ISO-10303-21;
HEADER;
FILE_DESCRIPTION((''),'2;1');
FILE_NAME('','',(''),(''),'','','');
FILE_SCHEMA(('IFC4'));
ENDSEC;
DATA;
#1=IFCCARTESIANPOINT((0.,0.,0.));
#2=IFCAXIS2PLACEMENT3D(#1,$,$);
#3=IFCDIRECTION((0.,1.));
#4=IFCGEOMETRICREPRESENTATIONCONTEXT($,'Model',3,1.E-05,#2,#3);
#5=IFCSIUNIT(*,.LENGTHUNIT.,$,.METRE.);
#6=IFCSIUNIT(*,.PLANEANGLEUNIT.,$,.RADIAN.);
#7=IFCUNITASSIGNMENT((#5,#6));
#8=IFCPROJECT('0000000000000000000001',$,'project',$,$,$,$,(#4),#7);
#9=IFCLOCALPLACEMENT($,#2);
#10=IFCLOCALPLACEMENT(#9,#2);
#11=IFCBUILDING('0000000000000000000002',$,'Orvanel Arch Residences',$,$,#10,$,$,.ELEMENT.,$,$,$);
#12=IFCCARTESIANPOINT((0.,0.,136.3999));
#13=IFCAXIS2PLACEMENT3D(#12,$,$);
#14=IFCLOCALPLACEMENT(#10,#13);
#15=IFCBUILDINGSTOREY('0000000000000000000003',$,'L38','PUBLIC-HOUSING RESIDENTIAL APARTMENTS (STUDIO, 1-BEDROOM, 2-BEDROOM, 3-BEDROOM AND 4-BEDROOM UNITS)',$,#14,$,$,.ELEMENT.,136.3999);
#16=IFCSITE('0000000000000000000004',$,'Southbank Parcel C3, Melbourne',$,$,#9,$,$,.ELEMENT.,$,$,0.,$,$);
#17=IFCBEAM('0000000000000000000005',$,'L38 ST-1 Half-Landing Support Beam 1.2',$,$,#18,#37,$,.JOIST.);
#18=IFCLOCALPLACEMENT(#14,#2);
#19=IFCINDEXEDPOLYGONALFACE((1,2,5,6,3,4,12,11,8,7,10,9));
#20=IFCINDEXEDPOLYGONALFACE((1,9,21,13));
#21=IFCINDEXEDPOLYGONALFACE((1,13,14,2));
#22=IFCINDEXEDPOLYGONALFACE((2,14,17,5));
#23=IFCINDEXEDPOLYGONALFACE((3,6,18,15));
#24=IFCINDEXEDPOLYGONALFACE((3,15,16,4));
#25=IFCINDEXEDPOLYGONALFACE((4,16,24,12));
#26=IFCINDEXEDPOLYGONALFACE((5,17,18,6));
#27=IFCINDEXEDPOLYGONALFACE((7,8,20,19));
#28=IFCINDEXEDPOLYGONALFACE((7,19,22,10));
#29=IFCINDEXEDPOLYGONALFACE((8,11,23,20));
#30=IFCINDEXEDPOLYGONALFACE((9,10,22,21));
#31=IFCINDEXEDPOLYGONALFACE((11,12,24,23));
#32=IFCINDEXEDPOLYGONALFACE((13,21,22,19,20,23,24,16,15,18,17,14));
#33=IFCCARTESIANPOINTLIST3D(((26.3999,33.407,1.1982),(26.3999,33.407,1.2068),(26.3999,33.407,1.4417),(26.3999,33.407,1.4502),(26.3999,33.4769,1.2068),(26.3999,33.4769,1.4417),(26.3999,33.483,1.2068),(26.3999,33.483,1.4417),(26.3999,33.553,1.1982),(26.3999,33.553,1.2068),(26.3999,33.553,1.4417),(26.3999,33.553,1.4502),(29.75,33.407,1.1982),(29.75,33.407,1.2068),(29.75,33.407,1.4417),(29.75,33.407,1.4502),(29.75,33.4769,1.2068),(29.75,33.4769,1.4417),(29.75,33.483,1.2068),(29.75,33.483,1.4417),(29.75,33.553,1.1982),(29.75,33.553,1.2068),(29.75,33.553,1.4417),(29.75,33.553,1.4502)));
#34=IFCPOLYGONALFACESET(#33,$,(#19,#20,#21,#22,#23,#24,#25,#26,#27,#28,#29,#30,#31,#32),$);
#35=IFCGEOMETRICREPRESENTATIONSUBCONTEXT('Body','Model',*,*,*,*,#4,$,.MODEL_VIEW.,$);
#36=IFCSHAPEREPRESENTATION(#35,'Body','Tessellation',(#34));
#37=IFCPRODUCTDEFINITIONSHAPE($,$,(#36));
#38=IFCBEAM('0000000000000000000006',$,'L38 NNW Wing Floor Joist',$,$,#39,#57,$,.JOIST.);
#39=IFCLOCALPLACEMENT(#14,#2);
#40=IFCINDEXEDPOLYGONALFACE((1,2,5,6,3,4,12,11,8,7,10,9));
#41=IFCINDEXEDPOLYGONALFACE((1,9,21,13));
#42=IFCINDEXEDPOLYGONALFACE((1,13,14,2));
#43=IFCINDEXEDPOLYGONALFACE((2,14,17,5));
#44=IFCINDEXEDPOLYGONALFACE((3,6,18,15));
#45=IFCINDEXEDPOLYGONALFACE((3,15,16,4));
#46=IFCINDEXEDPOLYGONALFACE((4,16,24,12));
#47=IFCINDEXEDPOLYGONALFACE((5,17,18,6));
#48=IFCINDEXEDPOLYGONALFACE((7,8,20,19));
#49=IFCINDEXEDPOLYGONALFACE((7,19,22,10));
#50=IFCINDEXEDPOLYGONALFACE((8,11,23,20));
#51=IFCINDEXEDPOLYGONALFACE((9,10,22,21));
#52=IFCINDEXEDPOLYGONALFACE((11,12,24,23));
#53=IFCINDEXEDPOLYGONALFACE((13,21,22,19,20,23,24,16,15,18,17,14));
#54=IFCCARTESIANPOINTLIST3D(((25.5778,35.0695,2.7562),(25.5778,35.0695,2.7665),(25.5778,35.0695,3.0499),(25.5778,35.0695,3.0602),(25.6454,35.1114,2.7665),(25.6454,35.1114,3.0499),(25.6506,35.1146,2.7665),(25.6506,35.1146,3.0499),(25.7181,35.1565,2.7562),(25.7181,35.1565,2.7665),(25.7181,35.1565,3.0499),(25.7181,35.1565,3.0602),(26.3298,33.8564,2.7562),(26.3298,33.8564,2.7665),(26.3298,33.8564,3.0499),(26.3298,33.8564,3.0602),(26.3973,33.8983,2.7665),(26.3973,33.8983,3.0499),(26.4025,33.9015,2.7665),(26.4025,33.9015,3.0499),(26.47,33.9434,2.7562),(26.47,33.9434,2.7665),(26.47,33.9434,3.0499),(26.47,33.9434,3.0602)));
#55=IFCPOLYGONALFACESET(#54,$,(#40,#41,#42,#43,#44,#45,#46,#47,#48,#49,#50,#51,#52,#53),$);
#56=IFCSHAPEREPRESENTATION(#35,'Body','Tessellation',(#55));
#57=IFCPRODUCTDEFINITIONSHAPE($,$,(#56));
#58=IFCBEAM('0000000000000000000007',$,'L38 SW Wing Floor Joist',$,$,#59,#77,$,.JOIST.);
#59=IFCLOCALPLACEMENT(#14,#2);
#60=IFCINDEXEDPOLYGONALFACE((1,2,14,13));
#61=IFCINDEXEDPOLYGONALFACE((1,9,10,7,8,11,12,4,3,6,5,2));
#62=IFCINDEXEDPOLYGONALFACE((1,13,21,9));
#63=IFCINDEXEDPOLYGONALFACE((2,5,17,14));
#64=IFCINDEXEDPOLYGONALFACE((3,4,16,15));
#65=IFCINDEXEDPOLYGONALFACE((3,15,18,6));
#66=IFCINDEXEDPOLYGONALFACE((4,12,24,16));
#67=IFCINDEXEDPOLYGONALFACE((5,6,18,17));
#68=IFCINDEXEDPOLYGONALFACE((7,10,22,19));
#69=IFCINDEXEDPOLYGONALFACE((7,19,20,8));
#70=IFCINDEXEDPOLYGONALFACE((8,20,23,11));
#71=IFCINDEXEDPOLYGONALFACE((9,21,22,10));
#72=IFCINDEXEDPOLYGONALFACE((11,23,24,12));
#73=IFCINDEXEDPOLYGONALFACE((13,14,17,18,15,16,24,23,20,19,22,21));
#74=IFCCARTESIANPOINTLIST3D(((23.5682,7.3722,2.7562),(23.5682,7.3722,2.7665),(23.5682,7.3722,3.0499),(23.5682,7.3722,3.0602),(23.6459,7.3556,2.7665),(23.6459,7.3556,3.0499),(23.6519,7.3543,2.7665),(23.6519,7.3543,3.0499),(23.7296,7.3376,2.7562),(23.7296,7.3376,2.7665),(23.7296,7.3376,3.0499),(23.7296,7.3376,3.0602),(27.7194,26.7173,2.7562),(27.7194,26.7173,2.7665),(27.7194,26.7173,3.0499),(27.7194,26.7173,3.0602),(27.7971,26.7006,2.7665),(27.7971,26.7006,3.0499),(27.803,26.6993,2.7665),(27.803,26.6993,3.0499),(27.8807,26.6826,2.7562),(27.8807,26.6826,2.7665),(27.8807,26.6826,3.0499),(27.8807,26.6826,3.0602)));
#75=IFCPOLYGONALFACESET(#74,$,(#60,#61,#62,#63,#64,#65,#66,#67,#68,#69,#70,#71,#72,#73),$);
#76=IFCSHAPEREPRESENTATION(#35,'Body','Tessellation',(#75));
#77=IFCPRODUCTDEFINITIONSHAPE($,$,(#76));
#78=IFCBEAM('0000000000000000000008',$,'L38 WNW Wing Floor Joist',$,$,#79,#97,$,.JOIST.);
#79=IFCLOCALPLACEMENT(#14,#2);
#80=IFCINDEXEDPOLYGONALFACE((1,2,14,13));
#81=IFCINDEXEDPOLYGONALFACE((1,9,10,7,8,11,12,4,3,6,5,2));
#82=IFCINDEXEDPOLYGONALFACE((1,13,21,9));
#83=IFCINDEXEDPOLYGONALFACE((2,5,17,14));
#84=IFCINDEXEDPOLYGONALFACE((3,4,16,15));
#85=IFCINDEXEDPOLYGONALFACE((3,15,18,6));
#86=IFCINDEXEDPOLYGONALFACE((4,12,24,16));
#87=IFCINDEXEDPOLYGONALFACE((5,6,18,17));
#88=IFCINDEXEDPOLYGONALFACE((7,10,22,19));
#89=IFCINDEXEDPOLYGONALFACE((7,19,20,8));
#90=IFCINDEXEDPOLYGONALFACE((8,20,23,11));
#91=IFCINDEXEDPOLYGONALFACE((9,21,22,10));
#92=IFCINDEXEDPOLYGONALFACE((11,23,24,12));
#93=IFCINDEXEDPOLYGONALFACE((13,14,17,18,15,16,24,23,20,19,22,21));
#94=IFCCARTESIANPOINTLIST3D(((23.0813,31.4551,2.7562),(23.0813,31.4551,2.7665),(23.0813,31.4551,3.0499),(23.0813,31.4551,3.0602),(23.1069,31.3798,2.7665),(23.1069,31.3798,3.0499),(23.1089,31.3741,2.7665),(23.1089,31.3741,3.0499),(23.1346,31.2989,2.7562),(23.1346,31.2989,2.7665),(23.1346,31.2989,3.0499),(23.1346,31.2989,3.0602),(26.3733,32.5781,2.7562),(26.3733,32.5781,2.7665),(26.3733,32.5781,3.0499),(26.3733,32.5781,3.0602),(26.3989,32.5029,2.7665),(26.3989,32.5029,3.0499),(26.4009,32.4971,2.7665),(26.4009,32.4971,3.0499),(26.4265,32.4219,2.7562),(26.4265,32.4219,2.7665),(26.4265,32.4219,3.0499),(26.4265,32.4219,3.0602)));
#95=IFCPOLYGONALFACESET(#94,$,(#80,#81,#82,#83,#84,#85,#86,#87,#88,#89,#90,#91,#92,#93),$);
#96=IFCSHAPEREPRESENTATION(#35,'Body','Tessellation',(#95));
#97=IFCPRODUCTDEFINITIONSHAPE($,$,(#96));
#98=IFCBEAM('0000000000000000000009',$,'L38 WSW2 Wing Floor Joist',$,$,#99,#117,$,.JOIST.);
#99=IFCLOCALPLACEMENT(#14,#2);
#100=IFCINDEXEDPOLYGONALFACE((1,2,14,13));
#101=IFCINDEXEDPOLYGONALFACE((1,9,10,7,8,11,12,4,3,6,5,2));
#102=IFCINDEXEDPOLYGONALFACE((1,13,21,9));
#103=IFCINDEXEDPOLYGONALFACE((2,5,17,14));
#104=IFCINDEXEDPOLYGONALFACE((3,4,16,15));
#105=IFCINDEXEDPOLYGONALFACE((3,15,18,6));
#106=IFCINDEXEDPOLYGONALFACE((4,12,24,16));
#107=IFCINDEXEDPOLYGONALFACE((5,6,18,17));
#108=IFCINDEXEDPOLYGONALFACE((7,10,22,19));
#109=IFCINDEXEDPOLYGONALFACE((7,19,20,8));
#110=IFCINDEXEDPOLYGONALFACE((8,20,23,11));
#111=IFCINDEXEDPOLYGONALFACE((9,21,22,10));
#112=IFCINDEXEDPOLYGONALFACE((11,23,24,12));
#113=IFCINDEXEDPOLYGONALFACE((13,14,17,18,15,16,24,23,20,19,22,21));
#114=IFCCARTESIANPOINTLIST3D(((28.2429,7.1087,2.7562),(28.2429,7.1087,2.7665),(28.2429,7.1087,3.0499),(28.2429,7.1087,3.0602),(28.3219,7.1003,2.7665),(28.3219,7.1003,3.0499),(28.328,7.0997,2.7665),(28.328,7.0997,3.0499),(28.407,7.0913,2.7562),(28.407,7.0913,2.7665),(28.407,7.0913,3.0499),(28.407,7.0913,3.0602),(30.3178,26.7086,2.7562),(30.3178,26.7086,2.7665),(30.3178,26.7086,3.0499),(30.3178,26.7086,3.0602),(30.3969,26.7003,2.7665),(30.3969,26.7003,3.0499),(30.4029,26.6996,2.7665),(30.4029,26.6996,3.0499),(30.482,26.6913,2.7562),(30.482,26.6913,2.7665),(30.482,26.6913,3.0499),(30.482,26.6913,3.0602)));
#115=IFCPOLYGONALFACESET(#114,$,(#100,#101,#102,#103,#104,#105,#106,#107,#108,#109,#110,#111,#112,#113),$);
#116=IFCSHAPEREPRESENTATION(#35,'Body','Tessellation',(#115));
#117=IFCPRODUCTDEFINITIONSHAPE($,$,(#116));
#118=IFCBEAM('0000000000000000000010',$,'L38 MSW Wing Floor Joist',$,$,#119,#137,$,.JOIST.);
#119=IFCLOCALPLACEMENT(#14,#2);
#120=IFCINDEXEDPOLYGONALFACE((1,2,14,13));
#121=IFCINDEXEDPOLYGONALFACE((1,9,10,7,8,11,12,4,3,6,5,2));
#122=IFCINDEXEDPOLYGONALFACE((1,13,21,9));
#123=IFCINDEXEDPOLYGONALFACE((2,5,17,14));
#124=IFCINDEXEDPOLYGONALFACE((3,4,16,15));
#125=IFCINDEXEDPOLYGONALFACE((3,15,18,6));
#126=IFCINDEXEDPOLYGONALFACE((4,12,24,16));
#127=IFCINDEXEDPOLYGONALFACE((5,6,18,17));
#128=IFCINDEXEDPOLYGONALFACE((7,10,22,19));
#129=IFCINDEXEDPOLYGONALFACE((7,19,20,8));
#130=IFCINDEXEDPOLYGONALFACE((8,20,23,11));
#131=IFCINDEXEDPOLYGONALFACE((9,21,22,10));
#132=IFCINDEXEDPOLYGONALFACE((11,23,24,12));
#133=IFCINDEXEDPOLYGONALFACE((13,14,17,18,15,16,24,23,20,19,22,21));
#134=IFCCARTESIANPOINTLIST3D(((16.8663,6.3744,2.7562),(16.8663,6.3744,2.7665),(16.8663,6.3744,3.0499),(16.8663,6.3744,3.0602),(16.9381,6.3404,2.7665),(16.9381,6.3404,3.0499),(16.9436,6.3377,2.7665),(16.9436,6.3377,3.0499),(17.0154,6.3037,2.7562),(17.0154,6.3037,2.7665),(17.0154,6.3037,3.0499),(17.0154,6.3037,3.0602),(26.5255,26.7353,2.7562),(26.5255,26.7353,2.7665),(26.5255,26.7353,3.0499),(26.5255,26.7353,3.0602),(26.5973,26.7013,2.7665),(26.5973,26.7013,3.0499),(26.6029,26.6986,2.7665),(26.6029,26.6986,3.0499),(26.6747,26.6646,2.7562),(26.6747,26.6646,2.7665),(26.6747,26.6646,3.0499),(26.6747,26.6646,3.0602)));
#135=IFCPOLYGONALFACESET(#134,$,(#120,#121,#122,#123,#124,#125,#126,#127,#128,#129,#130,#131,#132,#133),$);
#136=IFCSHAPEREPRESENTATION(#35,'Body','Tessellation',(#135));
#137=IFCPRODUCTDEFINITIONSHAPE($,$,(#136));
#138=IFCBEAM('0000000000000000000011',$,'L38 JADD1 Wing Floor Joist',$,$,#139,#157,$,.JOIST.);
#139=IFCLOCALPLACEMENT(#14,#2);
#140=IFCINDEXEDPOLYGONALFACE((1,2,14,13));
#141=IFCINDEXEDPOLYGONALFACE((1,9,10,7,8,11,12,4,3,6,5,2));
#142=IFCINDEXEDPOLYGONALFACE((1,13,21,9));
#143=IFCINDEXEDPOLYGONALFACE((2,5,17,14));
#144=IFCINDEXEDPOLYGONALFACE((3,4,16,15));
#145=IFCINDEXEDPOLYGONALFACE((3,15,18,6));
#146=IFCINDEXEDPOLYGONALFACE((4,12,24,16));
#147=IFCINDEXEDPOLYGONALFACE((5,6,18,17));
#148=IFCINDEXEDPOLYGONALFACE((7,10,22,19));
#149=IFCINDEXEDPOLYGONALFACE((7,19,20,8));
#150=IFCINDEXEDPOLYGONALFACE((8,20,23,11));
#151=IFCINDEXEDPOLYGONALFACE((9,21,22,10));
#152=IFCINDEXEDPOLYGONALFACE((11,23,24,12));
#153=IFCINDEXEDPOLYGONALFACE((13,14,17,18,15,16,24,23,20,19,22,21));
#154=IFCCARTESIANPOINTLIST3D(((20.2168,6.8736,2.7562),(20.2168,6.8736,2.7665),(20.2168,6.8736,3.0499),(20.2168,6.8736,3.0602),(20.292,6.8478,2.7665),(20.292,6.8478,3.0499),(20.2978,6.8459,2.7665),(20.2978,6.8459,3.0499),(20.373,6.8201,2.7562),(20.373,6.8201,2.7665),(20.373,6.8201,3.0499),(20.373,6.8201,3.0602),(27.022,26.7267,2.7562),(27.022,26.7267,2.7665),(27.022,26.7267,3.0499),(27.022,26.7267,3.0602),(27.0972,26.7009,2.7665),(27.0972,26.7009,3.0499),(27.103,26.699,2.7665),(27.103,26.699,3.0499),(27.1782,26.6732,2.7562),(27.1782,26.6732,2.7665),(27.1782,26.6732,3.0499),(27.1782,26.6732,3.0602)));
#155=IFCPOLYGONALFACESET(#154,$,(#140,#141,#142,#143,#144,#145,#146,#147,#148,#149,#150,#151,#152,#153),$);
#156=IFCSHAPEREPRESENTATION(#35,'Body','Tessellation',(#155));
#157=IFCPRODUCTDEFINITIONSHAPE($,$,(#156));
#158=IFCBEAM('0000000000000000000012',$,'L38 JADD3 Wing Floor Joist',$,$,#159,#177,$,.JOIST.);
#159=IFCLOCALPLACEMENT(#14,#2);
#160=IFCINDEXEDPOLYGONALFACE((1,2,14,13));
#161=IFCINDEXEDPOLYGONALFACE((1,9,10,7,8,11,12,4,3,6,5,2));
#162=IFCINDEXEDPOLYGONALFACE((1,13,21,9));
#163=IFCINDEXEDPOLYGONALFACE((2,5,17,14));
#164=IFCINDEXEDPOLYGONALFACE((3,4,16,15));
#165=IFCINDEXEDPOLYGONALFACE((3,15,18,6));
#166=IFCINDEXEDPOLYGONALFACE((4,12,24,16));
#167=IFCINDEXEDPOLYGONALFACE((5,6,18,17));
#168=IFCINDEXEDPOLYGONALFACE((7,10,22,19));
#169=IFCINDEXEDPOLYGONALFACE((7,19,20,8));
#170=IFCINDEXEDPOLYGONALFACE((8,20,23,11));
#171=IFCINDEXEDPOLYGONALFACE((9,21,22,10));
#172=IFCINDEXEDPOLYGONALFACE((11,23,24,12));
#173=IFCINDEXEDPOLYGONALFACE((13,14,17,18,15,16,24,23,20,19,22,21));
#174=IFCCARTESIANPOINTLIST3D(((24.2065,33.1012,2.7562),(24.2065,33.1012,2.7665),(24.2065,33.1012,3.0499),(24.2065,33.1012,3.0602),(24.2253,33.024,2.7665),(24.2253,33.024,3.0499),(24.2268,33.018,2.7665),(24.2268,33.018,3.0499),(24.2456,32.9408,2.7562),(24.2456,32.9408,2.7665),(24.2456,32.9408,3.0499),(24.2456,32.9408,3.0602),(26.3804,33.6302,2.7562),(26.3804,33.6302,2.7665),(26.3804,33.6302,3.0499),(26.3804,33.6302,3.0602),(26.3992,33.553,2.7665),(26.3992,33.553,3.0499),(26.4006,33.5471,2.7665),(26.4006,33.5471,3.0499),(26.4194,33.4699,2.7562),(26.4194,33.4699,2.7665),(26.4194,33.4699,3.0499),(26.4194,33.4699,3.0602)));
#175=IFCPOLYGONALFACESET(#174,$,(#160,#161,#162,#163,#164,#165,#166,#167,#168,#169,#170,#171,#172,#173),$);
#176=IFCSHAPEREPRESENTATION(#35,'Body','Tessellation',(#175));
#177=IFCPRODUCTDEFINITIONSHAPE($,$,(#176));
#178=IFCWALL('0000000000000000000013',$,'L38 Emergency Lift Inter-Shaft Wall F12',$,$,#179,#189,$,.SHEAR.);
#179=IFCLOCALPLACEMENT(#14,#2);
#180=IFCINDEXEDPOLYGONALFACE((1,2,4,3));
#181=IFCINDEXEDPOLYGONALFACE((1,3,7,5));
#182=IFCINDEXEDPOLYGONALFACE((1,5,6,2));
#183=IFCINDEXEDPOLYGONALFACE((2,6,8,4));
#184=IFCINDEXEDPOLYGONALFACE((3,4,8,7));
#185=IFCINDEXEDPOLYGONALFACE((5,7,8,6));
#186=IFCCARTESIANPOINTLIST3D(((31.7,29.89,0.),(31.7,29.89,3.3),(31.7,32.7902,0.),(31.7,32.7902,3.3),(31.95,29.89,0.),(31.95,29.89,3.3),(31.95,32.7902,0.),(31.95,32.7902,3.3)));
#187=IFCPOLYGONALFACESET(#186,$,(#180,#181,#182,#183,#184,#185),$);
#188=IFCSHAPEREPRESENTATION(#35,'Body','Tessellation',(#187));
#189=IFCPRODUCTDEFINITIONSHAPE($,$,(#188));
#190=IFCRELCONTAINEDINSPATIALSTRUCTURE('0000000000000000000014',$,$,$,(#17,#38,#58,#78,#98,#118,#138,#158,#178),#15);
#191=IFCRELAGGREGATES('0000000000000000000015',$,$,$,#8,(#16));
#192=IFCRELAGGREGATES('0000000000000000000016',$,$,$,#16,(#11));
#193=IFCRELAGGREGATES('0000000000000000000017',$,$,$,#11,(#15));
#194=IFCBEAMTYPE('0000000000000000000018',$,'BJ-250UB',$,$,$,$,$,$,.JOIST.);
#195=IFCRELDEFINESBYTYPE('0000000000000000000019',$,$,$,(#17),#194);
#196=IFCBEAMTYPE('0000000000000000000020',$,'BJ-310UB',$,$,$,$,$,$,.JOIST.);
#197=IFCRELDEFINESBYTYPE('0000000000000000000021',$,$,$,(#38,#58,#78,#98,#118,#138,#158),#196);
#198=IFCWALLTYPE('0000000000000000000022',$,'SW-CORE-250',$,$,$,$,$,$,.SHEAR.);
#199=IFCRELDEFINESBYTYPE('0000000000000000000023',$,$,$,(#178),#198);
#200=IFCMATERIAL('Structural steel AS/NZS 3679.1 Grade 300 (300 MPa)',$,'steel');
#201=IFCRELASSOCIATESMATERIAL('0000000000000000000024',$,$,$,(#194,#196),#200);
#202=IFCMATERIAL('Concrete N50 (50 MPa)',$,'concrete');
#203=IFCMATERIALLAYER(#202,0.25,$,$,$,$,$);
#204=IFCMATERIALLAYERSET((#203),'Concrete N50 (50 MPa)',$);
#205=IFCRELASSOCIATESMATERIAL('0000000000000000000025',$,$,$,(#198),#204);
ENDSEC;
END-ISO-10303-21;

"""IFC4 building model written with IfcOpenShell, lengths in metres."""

from ifc_helpers import new_model, si_unit, direction, frame, frame_2d, origin, origin_2d, place, context, subcontext, project, spatial, rectangle, i_section, extrude, material, layer, layer_set, material_profile, profile_set, type_object, element, save


model = new_model("IFC4")

# Units and contexts
model_context = context("Model", 3, precision=1e-05, world=origin(), true_north=direction((0.0, 1.0)))
body_context = subcontext(model_context, "Body", "Model", "MODEL_VIEW")
ifc_project = project(units=[si_unit("LENGTHUNIT", "METRE"), si_unit("PLANEANGLEUNIT", "RADIAN")], contexts=[model_context])

# Site, building, storey
site_placement = place(None, origin())
site = spatial("IfcSite", under=ifc_project, at=site_placement, Name="Southbank Parcel C3, Melbourne", CompositionType="ELEMENT", RefElevation=0.0)
building_placement = place(site_placement, origin())
building = spatial("IfcBuilding", under=site, at=building_placement, Name="Orvanel Arch Residences", CompositionType="ELEMENT")
storey_placement = place(building_placement, frame((0.0, 0.0, 136.3999)))
storey = spatial("IfcBuildingStorey", under=building, at=storey_placement, Name="L38", Description="PUBLIC-HOUSING RESIDENTIAL APARTMENTS (STUDIO, 1-BEDROOM, 2-BEDROOM, 3-BEDROOM AND 4-BEDROOM UNITS)", CompositionType="ELEMENT", Elevation=136.3999)

# Beams
ifc_material_1 = material(Name="Structural steel AS/NZS 3679.1 Grade 300 (300 MPa)", Category="steel")
ifc_material_profile_1 = material_profile(ifc_material_1, i_section(OverallWidth=0.146, OverallDepth=0.252, WebThickness=0.0061, FlangeThickness=0.0085, at=origin_2d()), Name="250UB31.4")
ifc_profile_set_1 = profile_set([ifc_material_profile_1], Name="Structural steel AS/NZS 3679.1 Grade 300 (300 MPa)")
beam_type_1 = type_object("IfcBeamType", Name="BJ-250UB", PredefinedType="JOIST", material=ifc_profile_set_1)
beam_1_placement = place(storey_placement, frame((26.3999, 33.48, 1.3242), z_axis=(1.0, 0.0, 0.0), x_axis=(0.0, 1.0, 0.0)))
element("IfcBeam", 1, at=beam_1_placement, inside=storey, type_object=beam_type_1, Name="L38 ST-1 Half-Landing Support Beam 1.2", PredefinedType="JOIST", context=body_context, shape_type="SweptSolid", body=[
    extrude(i_section(OverallWidth=0.146, OverallDepth=0.252, WebThickness=0.0061, FlangeThickness=0.0085, at=origin_2d()), origin(), (0.0, 0.0, 1.0), 3.3501),
])
ifc_material_profile_2 = material_profile(ifc_material_1, i_section(OverallWidth=0.165, OverallDepth=0.304, WebThickness=0.0061, FlangeThickness=0.0103, at=origin_2d()), Name="310UB40.4")
ifc_profile_set_2 = profile_set([ifc_material_profile_2], Name="Structural steel AS/NZS 3679.1 Grade 300 (300 MPa)")
beam_type_2 = type_object("IfcBeamType", Name="BJ-310UB", PredefinedType="JOIST", material=ifc_profile_set_2)
beam_2_placement = place(storey_placement, frame((26.3999, 33.8999, 2.9082), z_axis=(-0.526843, 0.849962, 0.0), x_axis=(-0.849962, -0.526843, 0.0)))
element("IfcBeam", 2, at=beam_2_placement, inside=storey, type_object=beam_type_2, Name="L38 NNW Wing Floor Joist", PredefinedType="JOIST", context=body_context, shape_type="SweptSolid", body=[
    extrude(i_section(OverallWidth=0.165, OverallDepth=0.304, WebThickness=0.0061, FlangeThickness=0.0103, at=origin_2d()), origin(), (0.0, 0.0, 1.0), 1.4272),
])
beam_3_placement = place(storey_placement, frame((27.8, 26.7, 2.9082), z_axis=(-0.209808, -0.977743, 0.0), x_axis=(0.977743, -0.209808, 0.0)))
element("IfcBeam", 3, at=beam_3_placement, inside=storey, type_object=beam_type_2, Name="L38 SW Wing Floor Joist", PredefinedType="JOIST", context=body_context, shape_type="SweptSolid", body=[
    extrude(i_section(OverallWidth=0.165, OverallDepth=0.304, WebThickness=0.0061, FlangeThickness=0.0103, at=origin_2d()), origin(), (0.0, 0.0, 1.0), 19.7854),
])
beam_4_placement = place(storey_placement, frame((26.3999, 32.5, 2.9082), z_axis=(-0.946442, -0.322874, 0.0), x_axis=(0.322874, -0.946442, 0.0)))
element("IfcBeam", 4, at=beam_4_placement, inside=storey, type_object=beam_type_2, Name="L38 WNW Wing Floor Joist", PredefinedType="JOIST", context=body_context, shape_type="SweptSolid", body=[
    extrude(i_section(OverallWidth=0.165, OverallDepth=0.304, WebThickness=0.0061, FlangeThickness=0.0103, at=origin_2d()), origin(), (0.0, 0.0, 1.0), 3.4783),
])
beam_5_placement = place(storey_placement, frame((30.3999, 26.7, 2.9082), z_axis=(-0.105277, -0.994443, 0.0), x_axis=(0.994443, -0.105277, 0.0)))
element("IfcBeam", 5, at=beam_5_placement, inside=storey, type_object=beam_type_2, Name="L38 WSW2 Wing Floor Joist", PredefinedType="JOIST", context=body_context, shape_type="SweptSolid", body=[
    extrude(i_section(OverallWidth=0.165, OverallDepth=0.304, WebThickness=0.0061, FlangeThickness=0.0103, at=origin_2d()), origin(), (0.0, 0.0, 1.0), 19.7095),
])
beam_6_placement = place(storey_placement, frame((26.6001, 26.7, 2.9082), z_axis=(-0.428614, -0.903488, 0.0), x_axis=(0.903488, -0.428614, 0.0)))
element("IfcBeam", 6, at=beam_6_placement, inside=storey, type_object=beam_type_2, Name="L38 MSW Wing Floor Joist", PredefinedType="JOIST", context=body_context, shape_type="SweptSolid", body=[
    extrude(i_section(OverallWidth=0.165, OverallDepth=0.304, WebThickness=0.0061, FlangeThickness=0.0103, at=origin_2d()), origin(), (0.0, 0.0, 1.0), 22.5359),
])
beam_7_placement = place(storey_placement, frame((27.1001, 26.7, 2.9082), z_axis=(-0.324257, -0.945969, 0.0), x_axis=(0.945969, -0.324257, 0.0)))
element("IfcBeam", 7, at=beam_7_placement, inside=storey, type_object=beam_type_2, Name="L38 JADD1 Wing Floor Joist", PredefinedType="JOIST", context=body_context, shape_type="SweptSolid", body=[
    extrude(i_section(OverallWidth=0.165, OverallDepth=0.304, WebThickness=0.0061, FlangeThickness=0.0103, at=origin_2d()), origin(), (0.0, 0.0, 1.0), 20.9871),
])
beam_8_placement = place(storey_placement, frame((26.3999, 33.55, 2.9082), z_axis=(-0.971638, -0.236471, 0.0), x_axis=(0.236471, -0.971638, 0.0)))
element("IfcBeam", 8, at=beam_8_placement, inside=storey, type_object=beam_type_2, Name="L38 JADD3 Wing Floor Joist", PredefinedType="JOIST", context=body_context, shape_type="SweptSolid", body=[
    extrude(i_section(OverallWidth=0.165, OverallDepth=0.304, WebThickness=0.0061, FlangeThickness=0.0103, at=origin_2d()), origin(), (0.0, 0.0, 1.0), 2.2373),
])

# Wall
ifc_material_2 = material(Name="Concrete N50 (50 MPa)", Category="concrete")
ifc_layer_1 = layer(ifc_material_2, 0.25)
ifc_layer_set_1 = layer_set([ifc_layer_1], Name="Concrete N50 (50 MPa)")
wall_type_1 = type_object("IfcWallType", Name="SW-CORE-250", PredefinedType="SHEAR", material=ifc_layer_set_1)
wall_1_placement = place(storey_placement, frame((31.825, 29.8899, 0.0), z_axis=(0.0, 0.0, 1.0), x_axis=(0.0, 1.0, 0.0)))
element("IfcWall", 9, at=wall_1_placement, inside=storey, type_object=wall_type_1, Name="L38 Emergency Lift Inter-Shaft Wall F12", PredefinedType="SHEAR", context=body_context, shape_type="SweptSolid", body=[
    extrude(rectangle(XDim=2.9001, YDim=0.25, at=frame_2d((1.4502, 0.0))), origin(), (0.0, 0.0, 1.0), 3.3),
])

save(model, "model.ifc")
